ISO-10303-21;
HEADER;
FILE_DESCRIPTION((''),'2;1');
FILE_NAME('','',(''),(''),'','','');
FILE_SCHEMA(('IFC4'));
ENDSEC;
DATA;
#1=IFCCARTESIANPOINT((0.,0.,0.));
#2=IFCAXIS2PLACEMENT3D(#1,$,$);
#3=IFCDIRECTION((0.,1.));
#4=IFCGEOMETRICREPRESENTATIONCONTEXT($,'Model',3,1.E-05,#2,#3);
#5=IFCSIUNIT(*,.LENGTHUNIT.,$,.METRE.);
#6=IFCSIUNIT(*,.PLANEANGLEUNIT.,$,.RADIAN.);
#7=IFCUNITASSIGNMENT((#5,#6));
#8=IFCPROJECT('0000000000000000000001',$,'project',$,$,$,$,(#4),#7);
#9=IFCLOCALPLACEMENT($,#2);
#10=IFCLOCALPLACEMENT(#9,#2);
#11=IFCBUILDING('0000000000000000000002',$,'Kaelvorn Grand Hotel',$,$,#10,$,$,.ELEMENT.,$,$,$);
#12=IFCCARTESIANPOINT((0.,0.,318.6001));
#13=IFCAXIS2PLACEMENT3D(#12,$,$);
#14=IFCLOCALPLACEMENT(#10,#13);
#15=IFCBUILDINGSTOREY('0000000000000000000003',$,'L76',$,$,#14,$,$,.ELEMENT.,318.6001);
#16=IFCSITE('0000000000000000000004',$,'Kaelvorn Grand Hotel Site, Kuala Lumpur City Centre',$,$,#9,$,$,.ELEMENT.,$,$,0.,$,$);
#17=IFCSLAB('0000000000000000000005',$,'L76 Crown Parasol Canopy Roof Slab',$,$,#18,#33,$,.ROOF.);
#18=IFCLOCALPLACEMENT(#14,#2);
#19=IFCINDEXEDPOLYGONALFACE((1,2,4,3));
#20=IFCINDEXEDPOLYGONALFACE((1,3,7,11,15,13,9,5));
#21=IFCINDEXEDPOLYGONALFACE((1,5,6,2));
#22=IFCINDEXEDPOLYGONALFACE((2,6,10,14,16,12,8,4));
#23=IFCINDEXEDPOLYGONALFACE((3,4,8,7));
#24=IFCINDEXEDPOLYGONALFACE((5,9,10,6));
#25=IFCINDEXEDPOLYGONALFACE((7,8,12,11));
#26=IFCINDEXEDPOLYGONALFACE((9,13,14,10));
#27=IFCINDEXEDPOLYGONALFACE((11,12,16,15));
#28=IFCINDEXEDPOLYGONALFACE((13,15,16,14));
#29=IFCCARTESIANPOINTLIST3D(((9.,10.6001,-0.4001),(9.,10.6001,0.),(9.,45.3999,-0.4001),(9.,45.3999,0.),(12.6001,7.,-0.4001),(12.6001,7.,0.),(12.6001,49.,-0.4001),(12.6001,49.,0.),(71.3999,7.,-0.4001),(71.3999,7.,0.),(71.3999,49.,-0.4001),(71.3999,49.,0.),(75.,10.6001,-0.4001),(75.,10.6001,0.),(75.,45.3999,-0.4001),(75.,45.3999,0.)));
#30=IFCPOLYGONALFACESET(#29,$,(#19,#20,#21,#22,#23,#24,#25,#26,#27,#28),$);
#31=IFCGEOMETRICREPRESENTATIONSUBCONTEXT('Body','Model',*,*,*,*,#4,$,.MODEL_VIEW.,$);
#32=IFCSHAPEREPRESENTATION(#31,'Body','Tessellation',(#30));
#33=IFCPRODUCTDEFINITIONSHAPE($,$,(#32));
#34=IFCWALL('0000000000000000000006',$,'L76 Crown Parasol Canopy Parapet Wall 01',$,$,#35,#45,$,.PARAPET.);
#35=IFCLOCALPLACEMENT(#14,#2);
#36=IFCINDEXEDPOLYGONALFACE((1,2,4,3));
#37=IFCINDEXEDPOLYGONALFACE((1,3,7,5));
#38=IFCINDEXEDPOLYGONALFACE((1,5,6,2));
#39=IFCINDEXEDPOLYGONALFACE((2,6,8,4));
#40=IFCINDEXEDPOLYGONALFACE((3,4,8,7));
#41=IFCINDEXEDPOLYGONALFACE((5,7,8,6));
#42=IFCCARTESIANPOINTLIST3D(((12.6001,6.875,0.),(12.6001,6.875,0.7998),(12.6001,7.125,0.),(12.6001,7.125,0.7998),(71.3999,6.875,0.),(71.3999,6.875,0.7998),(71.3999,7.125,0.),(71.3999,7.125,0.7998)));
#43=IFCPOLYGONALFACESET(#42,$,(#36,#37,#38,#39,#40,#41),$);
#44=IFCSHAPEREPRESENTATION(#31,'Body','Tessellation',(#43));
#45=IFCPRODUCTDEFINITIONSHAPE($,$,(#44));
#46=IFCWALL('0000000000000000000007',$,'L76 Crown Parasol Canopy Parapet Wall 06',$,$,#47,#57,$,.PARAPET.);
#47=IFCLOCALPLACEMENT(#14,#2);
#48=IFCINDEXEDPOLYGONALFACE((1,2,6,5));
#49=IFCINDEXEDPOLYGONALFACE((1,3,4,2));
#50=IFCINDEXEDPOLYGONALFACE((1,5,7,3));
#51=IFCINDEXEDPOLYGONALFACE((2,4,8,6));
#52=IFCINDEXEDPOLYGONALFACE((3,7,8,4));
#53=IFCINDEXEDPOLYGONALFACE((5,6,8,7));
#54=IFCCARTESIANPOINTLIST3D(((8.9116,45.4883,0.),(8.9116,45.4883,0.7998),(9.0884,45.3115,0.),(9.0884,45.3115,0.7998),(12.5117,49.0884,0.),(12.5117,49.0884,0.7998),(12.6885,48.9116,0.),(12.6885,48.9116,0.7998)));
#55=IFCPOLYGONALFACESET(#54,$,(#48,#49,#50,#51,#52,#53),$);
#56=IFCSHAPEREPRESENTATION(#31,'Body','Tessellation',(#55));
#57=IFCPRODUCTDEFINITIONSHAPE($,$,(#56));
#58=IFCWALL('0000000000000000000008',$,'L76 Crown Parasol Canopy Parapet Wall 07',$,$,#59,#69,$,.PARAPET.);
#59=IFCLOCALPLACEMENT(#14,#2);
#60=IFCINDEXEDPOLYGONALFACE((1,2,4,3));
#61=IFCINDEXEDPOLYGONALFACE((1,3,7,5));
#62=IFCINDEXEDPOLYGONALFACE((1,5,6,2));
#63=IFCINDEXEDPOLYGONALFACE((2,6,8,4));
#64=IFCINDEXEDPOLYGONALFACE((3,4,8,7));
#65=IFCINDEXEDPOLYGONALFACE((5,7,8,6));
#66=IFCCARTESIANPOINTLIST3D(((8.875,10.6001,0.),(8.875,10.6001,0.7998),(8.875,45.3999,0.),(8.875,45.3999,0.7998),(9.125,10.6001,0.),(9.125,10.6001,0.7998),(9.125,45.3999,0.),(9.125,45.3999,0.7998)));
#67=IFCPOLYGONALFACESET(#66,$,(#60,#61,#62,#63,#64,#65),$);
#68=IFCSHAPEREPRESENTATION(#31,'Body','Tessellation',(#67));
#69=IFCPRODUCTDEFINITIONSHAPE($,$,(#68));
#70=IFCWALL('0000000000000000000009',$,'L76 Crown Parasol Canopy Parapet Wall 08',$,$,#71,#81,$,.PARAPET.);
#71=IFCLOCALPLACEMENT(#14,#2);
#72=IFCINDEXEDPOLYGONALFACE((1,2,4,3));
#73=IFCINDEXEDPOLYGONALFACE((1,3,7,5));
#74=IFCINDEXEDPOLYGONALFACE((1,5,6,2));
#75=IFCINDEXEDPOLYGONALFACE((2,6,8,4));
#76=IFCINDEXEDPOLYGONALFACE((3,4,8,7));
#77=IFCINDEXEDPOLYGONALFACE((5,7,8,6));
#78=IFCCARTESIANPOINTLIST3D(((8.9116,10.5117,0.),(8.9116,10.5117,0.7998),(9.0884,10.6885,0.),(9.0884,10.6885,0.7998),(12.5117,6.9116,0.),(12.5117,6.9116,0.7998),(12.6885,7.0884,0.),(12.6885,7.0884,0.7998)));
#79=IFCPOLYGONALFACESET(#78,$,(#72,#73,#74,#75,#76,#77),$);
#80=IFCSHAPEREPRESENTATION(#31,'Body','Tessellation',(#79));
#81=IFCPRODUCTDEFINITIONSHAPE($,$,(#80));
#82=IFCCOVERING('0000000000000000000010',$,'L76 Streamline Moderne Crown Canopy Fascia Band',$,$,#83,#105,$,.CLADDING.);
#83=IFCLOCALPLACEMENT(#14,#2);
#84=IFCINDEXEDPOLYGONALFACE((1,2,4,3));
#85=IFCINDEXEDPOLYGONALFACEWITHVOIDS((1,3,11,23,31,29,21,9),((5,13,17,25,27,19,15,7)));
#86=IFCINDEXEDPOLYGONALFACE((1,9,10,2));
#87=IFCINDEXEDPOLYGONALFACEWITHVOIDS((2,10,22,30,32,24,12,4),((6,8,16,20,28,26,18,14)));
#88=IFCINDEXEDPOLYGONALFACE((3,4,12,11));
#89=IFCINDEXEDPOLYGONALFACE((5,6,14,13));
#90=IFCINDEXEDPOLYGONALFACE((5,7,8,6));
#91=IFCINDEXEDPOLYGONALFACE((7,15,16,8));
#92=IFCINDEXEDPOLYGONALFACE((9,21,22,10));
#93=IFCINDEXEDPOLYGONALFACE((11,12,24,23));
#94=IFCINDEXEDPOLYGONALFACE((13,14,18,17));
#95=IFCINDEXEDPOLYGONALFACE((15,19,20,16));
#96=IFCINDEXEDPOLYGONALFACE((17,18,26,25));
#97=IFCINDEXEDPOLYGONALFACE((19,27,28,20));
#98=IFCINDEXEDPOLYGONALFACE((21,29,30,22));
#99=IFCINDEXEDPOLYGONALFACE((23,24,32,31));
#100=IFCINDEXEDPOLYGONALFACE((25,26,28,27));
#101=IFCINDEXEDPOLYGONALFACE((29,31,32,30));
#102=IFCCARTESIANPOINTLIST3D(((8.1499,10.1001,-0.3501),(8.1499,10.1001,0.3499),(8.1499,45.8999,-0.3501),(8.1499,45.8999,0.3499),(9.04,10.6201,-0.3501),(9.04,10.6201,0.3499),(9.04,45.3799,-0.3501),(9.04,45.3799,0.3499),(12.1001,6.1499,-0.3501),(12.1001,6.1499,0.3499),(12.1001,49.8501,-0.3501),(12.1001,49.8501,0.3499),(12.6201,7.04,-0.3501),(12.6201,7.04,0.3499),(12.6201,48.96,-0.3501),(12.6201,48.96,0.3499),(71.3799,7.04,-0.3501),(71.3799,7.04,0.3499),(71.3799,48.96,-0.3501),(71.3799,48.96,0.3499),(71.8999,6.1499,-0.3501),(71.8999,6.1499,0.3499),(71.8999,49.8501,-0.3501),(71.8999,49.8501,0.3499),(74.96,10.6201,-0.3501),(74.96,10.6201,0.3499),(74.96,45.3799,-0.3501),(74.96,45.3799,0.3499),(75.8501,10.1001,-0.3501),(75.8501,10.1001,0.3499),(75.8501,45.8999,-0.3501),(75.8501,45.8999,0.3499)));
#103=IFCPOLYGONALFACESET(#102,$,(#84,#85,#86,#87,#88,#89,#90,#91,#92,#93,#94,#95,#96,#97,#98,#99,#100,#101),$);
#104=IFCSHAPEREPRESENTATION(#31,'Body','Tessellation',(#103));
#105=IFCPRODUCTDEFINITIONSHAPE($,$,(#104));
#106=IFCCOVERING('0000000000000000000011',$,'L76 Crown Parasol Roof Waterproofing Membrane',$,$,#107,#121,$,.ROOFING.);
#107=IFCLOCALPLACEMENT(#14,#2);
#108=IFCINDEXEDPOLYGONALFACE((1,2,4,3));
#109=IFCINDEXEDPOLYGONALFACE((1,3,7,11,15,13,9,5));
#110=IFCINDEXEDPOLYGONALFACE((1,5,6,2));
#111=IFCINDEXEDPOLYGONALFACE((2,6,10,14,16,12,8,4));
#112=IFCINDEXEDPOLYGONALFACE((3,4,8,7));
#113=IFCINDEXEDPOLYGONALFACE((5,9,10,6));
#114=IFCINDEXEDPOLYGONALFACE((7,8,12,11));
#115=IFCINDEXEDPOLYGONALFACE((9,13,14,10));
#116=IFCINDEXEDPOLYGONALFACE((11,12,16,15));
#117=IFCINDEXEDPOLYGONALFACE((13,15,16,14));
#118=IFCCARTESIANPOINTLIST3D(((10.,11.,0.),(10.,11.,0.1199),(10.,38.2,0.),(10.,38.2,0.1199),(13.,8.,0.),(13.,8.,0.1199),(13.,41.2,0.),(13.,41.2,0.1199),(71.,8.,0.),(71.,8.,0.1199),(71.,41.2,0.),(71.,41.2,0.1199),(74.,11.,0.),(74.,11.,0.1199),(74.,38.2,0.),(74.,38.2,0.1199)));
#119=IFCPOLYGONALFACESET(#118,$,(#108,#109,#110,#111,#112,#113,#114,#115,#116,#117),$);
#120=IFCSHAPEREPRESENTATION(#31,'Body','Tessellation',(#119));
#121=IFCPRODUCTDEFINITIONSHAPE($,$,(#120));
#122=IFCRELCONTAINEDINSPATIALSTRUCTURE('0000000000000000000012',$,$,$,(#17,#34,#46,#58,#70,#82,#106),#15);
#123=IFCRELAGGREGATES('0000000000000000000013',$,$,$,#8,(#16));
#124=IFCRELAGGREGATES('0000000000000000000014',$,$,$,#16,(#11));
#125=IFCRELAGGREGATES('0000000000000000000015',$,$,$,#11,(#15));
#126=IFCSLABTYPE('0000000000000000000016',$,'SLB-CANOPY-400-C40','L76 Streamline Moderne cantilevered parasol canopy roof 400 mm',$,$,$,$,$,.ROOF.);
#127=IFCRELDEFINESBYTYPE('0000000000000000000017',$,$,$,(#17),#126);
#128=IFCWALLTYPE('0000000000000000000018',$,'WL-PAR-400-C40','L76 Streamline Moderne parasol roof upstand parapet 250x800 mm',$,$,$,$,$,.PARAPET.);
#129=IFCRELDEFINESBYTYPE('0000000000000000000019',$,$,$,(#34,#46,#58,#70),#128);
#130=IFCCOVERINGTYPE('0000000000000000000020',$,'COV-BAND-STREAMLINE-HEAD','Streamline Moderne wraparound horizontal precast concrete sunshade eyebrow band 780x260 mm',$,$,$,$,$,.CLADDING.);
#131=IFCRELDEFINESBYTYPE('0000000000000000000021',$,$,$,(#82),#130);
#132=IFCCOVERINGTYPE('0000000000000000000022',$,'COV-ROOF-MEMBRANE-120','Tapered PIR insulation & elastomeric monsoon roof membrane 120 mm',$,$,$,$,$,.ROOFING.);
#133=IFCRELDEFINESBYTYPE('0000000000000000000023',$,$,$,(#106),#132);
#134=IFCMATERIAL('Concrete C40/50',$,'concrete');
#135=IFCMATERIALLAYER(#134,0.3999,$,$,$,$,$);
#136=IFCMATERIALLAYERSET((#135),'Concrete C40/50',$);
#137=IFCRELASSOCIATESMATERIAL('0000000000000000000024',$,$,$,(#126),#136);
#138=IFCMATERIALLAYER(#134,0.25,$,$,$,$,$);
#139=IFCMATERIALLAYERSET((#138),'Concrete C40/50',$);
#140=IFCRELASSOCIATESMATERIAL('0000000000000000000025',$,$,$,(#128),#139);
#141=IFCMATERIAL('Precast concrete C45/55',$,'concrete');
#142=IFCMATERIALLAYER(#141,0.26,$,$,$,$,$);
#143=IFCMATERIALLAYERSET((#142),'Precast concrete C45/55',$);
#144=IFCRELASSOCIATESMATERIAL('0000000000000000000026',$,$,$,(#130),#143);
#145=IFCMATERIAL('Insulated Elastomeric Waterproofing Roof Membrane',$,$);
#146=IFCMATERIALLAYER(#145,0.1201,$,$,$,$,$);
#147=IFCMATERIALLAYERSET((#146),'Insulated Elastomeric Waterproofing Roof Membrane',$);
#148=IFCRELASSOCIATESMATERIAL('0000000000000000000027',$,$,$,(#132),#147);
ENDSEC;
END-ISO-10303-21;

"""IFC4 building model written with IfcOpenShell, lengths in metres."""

from ifc_helpers import new_model, si_unit, direction, frame, frame_2d, origin, place, context, subcontext, project, spatial, polyline, rectangle, outline, extrude, material, layer, layer_set, type_object, element, save


model = new_model("IFC4")

# Units and contexts
model_context = context("Model", 3, precision=1e-05, world=origin(), true_north=direction((0.0, 1.0)))
body_context = subcontext(model_context, "Body", "Model", "MODEL_VIEW")
ifc_project = project(units=[si_unit("LENGTHUNIT", "METRE"), si_unit("PLANEANGLEUNIT", "RADIAN")], contexts=[model_context])

# Site, building, storey
site_placement = place(None, origin())
site = spatial("IfcSite", under=ifc_project, at=site_placement, Name="Kaelvorn Grand Hotel Site, Kuala Lumpur City Centre", CompositionType="ELEMENT", RefElevation=0.0)
building_placement = place(site_placement, origin())
building = spatial("IfcBuilding", under=site, at=building_placement, Name="Kaelvorn Grand Hotel", CompositionType="ELEMENT")
storey_placement = place(building_placement, frame((0.0, 0.0, 318.6001)))
storey = spatial("IfcBuildingStorey", under=building, at=storey_placement, Name="L76", CompositionType="ELEMENT", Elevation=318.6001)

# Slab
ifc_material_1 = material(Name="Concrete C40/50", Category="concrete")
ifc_layer_1 = layer(ifc_material_1, 0.3999)
ifc_layer_set_1 = layer_set([ifc_layer_1], Name="Concrete C40/50")
slab_type = type_object("IfcSlabType", Name="SLB-CANOPY-400-C40", Description="L76 Streamline Moderne cantilevered parasol canopy roof 400 mm", PredefinedType="ROOF", material=ifc_layer_set_1)
slab_placement = place(storey_placement, frame((0.0, 0.0, -0.4001)))
element("IfcSlab", 1, at=slab_placement, inside=storey, type_object=slab_type, Name="L76 Crown Parasol Canopy Roof Slab", PredefinedType="ROOF", context=body_context, shape_type="SweptSolid", body=[
    extrude(outline(polyline([(12.6001, 7.0), (71.3999, 7.0), (75.0, 10.6001), (75.0, 45.3999), (71.3999, 49.0), (12.6001, 49.0), (9.0, 45.3999), (9.0, 10.6001), (12.6001, 7.0)])), origin(), (0.0, 0.0, 1.0), 0.4001),
])

# Walls
ifc_layer_2 = layer(ifc_material_1, 0.25)
ifc_layer_set_2 = layer_set([ifc_layer_2], Name="Concrete C40/50")
wall_type = type_object("IfcWallType", Name="WL-PAR-400-C40", Description="L76 Streamline Moderne parasol roof upstand parapet 250x800 mm", PredefinedType="PARAPET", material=ifc_layer_set_2)
wall_1_placement = place(storey_placement, frame((12.6001, 7.0, 0.0), z_axis=(0.0, 0.0, 1.0), x_axis=(1.0, 0.0, 0.0)))
element("IfcWall", 2, at=wall_1_placement, inside=storey, type_object=wall_type, Name="L76 Crown Parasol Canopy Parapet Wall 01", PredefinedType="PARAPET", context=body_context, shape_type="SweptSolid", body=[
    extrude(rectangle(XDim=58.7998, YDim=0.25, at=frame_2d((29.3999, 0.0))), origin(), (0.0, 0.0, 1.0), 0.7998),
])
wall_2_placement = place(storey_placement, frame((12.6001, 49.0, 0.0), z_axis=(0.0, 0.0, 1.0), x_axis=(-0.707107, -0.707107, 0.0)))
element("IfcWall", 3, at=wall_2_placement, inside=storey, type_object=wall_type, Name="L76 Crown Parasol Canopy Parapet Wall 06", PredefinedType="PARAPET", context=body_context, shape_type="SweptSolid", body=[
    extrude(rectangle(XDim=5.0913, YDim=0.25, at=frame_2d((2.5457, 0.0))), origin(), (0.0, 0.0, 1.0), 0.7998),
])
wall_3_placement = place(storey_placement, frame((9.0, 45.3999, 0.0), z_axis=(0.0, 0.0, 1.0), x_axis=(0.0, -1.0, 0.0)))
element("IfcWall", 4, at=wall_3_placement, inside=storey, type_object=wall_type, Name="L76 Crown Parasol Canopy Parapet Wall 07", PredefinedType="PARAPET", context=body_context, shape_type="SweptSolid", body=[
    extrude(rectangle(XDim=34.7998, YDim=0.25, at=frame_2d((17.3999, 0.0))), origin(), (0.0, 0.0, 1.0), 0.7998),
])
wall_4_placement = place(storey_placement, frame((9.0, 10.6001, 0.0), z_axis=(0.0, 0.0, 1.0), x_axis=(0.707107, -0.707107, 0.0)))
element("IfcWall", 5, at=wall_4_placement, inside=storey, type_object=wall_type, Name="L76 Crown Parasol Canopy Parapet Wall 08", PredefinedType="PARAPET", context=body_context, shape_type="SweptSolid", body=[
    extrude(rectangle(XDim=5.0913, YDim=0.25, at=frame_2d((2.5457, 0.0))), origin(), (0.0, 0.0, 1.0), 0.7998),
])

# Coverings
ifc_material_2 = material(Name="Precast concrete C45/55", Category="concrete")
ifc_layer_3 = layer(ifc_material_2, 0.26)
ifc_layer_set_3 = layer_set([ifc_layer_3], Name="Precast concrete C45/55")
covering_type_1 = type_object("IfcCoveringType", Name="COV-BAND-STREAMLINE-HEAD", Description="Streamline Moderne wraparound horizontal precast concrete sunshade eyebrow band 780x260 mm", PredefinedType="CLADDING", material=ifc_layer_set_3)
covering_1_placement = place(storey_placement, frame((0.0, 0.0, -0.3501)))
element("IfcCovering", 6, at=covering_1_placement, inside=storey, type_object=covering_type_1, Name="L76 Streamline Moderne Crown Canopy Fascia Band", PredefinedType="CLADDING", context=body_context, shape_type="SweptSolid", body=[
    extrude(outline(polyline([(12.1001, 6.1499), (71.8999, 6.1499), (75.8501, 10.1001), (75.8501, 45.8999), (71.8999, 49.8501), (12.1001, 49.8501), (8.1499, 45.8999), (8.1499, 10.1001), (12.1001, 6.1499)]), holes=[polyline([(12.6201, 7.04), (71.3799, 7.04), (74.96, 10.6201), (74.96, 45.3799), (71.3799, 48.96), (12.6201, 48.96), (9.04, 45.3799), (9.04, 10.6201), (12.6201, 7.04)])]), origin(), (0.0, 0.0, 1.0), 0.7),
])
ifc_material_3 = material(Name="Insulated Elastomeric Waterproofing Roof Membrane")
ifc_layer_4 = layer(ifc_material_3, 0.1201)
ifc_layer_set_4 = layer_set([ifc_layer_4], Name="Insulated Elastomeric Waterproofing Roof Membrane")
covering_type_2 = type_object("IfcCoveringType", Name="COV-ROOF-MEMBRANE-120", Description="Tapered PIR insulation & elastomeric monsoon roof membrane 120 mm", PredefinedType="ROOFING", material=ifc_layer_set_4)
covering_2_placement = place(storey_placement, origin())
element("IfcCovering", 7, at=covering_2_placement, inside=storey, type_object=covering_type_2, Name="L76 Crown Parasol Roof Waterproofing Membrane", PredefinedType="ROOFING", context=body_context, shape_type="SweptSolid", body=[
    extrude(outline(polyline([(13.0, 8.0), (71.0, 8.0), (74.0, 11.0), (74.0, 38.2), (71.0, 41.2), (13.0, 41.2), (10.0, 38.2), (10.0, 11.0), (13.0, 8.0)])), origin(), (0.0, 0.0, 1.0), 0.1199),
])

save(model, "model.ifc")
